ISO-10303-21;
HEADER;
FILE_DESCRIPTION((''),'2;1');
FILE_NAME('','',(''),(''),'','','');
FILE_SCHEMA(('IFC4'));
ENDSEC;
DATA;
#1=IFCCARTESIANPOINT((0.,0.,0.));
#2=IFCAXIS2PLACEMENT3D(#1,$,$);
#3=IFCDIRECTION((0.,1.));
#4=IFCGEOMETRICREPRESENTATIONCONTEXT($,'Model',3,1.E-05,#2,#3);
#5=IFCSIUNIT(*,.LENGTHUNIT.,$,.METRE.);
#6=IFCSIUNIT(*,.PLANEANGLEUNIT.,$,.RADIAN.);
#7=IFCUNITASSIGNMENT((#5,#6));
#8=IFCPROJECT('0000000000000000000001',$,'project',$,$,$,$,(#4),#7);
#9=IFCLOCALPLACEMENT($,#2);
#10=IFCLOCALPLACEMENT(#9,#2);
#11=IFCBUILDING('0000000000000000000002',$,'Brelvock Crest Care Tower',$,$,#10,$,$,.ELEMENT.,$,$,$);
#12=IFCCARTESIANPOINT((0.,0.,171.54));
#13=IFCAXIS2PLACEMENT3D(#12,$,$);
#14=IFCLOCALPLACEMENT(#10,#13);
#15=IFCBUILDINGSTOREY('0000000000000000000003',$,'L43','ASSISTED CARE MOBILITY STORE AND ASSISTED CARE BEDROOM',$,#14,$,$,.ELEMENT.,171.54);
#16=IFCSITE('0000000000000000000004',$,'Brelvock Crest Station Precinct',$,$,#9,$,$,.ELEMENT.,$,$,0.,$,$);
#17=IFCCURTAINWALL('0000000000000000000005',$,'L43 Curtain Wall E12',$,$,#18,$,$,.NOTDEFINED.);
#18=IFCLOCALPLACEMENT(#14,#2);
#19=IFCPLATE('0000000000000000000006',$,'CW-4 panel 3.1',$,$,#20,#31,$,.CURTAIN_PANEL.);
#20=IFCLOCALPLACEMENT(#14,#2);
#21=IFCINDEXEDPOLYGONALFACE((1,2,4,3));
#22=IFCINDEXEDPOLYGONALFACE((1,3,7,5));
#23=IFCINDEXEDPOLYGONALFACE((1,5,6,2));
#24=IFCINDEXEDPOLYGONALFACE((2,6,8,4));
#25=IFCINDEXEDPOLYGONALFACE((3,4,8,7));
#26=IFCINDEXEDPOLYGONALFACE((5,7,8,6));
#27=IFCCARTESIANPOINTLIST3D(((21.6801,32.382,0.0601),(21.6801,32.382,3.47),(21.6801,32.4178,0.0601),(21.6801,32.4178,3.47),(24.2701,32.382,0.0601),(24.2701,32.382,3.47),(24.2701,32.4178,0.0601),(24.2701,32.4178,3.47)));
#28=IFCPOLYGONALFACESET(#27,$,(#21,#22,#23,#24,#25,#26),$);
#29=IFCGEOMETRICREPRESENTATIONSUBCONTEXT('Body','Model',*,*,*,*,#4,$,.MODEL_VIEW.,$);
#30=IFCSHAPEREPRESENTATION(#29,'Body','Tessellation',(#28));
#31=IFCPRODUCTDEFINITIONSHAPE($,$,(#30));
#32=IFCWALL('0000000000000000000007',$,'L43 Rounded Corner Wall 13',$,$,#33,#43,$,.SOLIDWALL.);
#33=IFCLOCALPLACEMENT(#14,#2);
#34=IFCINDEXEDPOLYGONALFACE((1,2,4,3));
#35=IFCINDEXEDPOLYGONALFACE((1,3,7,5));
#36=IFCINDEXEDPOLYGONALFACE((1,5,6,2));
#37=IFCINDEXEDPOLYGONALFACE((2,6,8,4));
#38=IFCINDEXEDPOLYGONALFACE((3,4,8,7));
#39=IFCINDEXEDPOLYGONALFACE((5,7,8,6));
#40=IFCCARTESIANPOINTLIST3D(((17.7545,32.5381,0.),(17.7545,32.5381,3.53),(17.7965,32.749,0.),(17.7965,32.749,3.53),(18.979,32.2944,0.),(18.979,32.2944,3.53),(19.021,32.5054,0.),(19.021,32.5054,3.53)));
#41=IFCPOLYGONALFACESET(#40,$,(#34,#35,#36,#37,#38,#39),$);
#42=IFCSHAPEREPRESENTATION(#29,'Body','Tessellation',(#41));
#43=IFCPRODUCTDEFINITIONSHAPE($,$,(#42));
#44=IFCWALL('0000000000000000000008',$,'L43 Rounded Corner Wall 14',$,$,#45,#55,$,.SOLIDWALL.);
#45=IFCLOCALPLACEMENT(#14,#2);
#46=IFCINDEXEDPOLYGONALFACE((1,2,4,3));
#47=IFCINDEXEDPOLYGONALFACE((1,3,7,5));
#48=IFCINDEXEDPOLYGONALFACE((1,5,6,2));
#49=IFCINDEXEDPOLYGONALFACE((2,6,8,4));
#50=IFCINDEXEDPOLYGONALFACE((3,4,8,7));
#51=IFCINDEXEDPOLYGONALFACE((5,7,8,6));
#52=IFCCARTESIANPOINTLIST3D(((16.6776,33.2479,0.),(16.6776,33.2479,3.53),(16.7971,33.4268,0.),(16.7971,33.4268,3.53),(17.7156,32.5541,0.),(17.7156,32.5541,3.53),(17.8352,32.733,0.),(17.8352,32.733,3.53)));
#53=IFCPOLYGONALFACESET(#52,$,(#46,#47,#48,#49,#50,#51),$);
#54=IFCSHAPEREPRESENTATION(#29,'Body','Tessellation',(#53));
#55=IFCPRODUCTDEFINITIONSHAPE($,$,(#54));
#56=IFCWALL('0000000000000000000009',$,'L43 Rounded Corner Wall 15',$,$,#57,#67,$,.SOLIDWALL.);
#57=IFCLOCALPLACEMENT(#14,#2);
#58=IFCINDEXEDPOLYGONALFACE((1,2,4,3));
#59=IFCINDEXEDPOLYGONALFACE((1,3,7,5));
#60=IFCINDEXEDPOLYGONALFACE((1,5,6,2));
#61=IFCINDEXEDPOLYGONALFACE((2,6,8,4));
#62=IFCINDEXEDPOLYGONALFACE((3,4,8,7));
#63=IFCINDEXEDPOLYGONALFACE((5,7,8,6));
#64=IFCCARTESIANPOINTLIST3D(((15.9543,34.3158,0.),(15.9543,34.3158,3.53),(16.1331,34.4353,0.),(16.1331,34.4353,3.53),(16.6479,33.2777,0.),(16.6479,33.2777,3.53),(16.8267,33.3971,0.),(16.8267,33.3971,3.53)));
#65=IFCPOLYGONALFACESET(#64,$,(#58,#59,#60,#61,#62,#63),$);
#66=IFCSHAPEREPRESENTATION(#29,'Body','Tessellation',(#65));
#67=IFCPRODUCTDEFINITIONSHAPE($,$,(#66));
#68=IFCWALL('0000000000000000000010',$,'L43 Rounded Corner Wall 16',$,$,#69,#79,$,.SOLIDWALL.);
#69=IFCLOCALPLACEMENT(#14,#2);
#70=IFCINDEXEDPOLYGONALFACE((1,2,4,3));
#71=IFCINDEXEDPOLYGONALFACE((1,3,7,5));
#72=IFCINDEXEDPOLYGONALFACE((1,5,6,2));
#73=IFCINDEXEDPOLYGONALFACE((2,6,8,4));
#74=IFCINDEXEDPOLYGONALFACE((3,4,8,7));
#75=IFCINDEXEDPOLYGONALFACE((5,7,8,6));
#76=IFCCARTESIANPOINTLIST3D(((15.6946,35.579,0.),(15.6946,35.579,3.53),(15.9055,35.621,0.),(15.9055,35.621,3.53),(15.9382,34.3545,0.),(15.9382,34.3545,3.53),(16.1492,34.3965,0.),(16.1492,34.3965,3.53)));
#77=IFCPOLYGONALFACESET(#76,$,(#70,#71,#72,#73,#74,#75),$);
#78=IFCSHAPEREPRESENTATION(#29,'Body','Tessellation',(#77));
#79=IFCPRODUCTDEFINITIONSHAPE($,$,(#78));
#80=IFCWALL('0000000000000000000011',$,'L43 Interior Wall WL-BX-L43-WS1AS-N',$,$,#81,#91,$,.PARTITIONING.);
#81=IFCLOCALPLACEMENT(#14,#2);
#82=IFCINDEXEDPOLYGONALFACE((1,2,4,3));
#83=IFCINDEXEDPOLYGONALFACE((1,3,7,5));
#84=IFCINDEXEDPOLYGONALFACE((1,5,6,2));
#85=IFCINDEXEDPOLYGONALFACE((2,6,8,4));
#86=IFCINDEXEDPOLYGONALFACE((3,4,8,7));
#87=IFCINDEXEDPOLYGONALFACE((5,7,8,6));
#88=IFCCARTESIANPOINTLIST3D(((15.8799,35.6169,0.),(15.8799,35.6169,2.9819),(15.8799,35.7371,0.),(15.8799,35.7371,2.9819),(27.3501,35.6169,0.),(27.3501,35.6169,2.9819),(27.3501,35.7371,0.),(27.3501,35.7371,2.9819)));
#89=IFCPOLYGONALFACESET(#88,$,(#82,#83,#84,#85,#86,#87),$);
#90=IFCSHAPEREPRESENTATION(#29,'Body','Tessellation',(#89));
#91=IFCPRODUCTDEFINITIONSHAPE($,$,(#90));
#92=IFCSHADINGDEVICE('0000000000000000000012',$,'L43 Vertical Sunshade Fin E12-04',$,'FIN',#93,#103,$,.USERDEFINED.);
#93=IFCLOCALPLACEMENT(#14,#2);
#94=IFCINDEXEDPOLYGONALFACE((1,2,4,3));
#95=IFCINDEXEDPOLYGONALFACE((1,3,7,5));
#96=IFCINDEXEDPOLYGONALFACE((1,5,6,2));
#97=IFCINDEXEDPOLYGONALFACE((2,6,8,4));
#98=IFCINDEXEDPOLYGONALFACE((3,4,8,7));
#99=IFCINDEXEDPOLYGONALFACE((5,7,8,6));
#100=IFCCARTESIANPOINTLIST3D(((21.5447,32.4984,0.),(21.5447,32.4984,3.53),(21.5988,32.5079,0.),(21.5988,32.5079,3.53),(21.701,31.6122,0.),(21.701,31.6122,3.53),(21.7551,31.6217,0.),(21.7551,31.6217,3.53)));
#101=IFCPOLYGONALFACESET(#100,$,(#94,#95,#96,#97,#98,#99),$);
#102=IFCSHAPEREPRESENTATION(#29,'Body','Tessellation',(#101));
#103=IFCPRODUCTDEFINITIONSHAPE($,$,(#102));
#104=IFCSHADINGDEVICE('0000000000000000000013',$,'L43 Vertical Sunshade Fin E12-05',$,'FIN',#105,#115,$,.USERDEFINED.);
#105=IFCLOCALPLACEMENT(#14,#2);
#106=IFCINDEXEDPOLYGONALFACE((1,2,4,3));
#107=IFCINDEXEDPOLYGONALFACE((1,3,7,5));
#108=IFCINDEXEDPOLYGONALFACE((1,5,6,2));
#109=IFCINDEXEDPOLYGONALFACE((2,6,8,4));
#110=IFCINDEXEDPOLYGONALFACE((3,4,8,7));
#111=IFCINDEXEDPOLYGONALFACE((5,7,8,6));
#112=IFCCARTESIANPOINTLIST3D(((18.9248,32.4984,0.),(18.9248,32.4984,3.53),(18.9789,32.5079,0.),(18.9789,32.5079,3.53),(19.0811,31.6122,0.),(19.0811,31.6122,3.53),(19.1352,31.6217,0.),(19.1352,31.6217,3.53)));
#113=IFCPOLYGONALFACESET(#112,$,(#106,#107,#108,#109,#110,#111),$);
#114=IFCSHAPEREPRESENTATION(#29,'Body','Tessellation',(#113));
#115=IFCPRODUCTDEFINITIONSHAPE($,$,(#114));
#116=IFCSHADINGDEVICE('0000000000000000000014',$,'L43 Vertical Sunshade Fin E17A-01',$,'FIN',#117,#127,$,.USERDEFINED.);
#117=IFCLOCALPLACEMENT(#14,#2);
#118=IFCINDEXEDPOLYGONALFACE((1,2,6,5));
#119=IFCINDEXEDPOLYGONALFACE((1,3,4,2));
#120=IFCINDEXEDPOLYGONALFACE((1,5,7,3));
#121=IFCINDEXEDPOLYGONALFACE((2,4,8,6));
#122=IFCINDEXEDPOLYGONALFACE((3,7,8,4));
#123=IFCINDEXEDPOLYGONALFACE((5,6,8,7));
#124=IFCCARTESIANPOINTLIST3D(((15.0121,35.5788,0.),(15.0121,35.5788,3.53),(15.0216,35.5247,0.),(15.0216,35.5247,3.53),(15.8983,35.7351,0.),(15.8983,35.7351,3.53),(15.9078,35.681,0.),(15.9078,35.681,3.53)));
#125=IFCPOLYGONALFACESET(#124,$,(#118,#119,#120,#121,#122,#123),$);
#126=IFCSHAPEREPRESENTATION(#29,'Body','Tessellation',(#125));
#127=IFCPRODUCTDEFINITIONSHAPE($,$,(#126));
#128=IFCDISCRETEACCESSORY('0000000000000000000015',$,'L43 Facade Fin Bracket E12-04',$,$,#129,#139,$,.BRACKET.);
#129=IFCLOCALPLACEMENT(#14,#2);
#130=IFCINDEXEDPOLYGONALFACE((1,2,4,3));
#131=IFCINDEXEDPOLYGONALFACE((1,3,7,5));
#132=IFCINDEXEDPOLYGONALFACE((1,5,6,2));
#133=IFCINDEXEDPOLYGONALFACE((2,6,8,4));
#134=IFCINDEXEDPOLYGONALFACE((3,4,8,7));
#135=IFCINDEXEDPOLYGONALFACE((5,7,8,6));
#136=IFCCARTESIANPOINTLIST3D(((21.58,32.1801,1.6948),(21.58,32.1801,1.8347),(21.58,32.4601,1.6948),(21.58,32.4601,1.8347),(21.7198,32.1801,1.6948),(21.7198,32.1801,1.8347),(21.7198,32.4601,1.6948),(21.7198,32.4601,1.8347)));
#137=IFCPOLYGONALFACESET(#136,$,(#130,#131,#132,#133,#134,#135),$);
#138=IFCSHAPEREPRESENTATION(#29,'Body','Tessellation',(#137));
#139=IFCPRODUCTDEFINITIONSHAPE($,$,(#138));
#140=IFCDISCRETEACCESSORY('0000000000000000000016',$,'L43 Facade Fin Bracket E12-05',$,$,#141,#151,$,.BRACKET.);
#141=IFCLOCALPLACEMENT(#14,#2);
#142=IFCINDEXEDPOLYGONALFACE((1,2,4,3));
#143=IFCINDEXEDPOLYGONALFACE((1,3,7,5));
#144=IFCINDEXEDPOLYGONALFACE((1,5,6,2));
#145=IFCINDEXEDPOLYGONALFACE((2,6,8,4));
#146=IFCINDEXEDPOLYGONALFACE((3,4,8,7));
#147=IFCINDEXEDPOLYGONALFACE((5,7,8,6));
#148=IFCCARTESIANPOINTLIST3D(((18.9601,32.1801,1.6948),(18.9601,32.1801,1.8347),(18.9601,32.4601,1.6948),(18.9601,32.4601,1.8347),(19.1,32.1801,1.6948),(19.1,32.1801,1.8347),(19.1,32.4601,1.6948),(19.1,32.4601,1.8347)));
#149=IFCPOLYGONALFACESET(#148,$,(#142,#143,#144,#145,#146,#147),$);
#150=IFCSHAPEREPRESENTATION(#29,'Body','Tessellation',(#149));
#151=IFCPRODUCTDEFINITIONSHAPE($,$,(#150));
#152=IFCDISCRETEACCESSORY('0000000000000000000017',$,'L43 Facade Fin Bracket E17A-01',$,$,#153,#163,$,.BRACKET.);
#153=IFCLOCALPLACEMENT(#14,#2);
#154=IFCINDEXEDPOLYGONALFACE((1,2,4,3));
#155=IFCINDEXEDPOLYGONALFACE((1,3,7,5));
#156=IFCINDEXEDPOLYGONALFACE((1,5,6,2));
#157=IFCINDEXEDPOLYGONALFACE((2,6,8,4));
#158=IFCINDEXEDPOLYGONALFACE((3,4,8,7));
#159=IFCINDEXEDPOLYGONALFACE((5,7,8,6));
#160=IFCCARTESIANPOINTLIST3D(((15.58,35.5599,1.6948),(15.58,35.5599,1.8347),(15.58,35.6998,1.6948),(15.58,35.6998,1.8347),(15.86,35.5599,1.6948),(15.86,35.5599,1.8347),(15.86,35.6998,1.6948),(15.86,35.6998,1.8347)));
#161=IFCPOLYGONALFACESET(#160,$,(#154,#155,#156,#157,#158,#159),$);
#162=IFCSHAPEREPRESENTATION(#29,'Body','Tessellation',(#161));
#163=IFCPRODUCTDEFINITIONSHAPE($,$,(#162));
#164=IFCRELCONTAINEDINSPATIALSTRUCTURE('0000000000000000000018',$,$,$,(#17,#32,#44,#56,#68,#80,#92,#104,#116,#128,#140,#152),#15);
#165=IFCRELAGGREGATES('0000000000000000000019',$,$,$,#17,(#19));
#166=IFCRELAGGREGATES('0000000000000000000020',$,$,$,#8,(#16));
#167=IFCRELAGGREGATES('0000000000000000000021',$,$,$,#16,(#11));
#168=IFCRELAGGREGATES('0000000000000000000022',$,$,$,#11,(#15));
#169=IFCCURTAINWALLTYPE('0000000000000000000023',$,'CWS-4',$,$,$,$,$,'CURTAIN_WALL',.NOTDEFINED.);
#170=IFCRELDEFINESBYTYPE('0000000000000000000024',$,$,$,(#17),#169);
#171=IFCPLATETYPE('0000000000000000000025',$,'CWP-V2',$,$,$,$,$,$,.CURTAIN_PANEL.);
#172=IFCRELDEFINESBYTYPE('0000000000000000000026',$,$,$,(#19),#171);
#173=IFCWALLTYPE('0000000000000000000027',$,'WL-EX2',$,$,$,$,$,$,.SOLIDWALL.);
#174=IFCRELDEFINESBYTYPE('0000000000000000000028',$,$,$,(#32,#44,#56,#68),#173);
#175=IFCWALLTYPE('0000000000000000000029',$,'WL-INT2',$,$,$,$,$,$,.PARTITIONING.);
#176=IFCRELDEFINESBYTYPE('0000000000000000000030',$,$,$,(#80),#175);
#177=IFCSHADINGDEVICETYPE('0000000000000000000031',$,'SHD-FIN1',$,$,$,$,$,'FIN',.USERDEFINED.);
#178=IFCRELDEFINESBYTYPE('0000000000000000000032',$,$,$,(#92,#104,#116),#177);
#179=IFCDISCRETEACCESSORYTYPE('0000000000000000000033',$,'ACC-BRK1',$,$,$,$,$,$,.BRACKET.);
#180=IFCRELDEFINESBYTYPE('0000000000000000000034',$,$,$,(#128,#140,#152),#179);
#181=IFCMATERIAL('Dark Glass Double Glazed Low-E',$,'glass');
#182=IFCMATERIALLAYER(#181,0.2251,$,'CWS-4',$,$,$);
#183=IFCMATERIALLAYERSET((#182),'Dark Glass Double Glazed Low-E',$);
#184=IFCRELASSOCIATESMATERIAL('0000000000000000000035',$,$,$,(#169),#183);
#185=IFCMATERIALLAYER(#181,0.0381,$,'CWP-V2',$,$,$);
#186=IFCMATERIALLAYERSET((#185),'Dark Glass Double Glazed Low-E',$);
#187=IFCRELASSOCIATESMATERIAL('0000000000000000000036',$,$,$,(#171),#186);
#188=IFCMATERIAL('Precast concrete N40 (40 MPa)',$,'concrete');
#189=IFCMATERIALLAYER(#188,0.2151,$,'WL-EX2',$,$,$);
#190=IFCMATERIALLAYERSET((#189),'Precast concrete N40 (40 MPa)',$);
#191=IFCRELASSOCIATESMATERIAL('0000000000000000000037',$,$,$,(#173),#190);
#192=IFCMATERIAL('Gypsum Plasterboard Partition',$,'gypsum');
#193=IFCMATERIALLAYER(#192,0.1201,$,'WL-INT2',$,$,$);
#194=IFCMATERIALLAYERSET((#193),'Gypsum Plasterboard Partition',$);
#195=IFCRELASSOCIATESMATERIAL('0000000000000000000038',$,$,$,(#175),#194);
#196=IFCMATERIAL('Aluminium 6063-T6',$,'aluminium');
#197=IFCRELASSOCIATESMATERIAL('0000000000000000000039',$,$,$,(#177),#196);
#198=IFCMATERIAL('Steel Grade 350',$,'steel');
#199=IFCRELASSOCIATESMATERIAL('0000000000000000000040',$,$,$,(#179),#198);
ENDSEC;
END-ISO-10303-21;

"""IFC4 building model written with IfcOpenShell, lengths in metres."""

from ifc_helpers import new_model, si_unit, direction, frame, frame_2d, origin, origin_2d, place, context, subcontext, project, spatial, rectangle, extrude, source, transform, mapped, material, layer, layer_set, material_profile, profile_set, type_object, element, aggregate, save


model = new_model("IFC4")

# Units and contexts
model_context = context("Model", 3, precision=1e-05, world=origin(), true_north=direction((0.0, 1.0)))
body_context = subcontext(model_context, "Body", "Model", "MODEL_VIEW")
ifc_project = project(units=[si_unit("LENGTHUNIT", "METRE"), si_unit("PLANEANGLEUNIT", "RADIAN")], contexts=[model_context])

# Site, building, storey
site_placement = place(None, origin())
site = spatial("IfcSite", under=ifc_project, at=site_placement, Name="Brelvock Crest Station Precinct", CompositionType="ELEMENT", RefElevation=0.0)
building_placement = place(site_placement, origin())
building = spatial("IfcBuilding", under=site, at=building_placement, Name="Brelvock Crest Care Tower", CompositionType="ELEMENT")
storey_placement = place(building_placement, frame((0.0, 0.0, 171.54)))
storey = spatial("IfcBuildingStorey", under=building, at=storey_placement, Name="L43", Description="ASSISTED CARE MOBILITY STORE AND ASSISTED CARE BEDROOM", CompositionType="ELEMENT", Elevation=171.54)

# Shared definitions
ifc_material_1 = material(Name="Steel Grade 350", Category="steel")

# Curtain wall
ifc_material_2 = material(Name="Dark Glass Double Glazed Low-E", Category="glass")
ifc_layer_1 = layer(ifc_material_2, 0.2251, Name="CWS-4")
ifc_layer_set_1 = layer_set([ifc_layer_1], Name="Dark Glass Double Glazed Low-E")
curtain_wall_type = type_object("IfcCurtainWallType", Name="CWS-4", ElementType="CURTAIN_WALL", PredefinedType="NOTDEFINED", material=ifc_layer_set_1)
curtain_wall_1_placement = place(storey_placement, origin())
curtain_wall_1 = element("IfcCurtainWall", 1, at=curtain_wall_1_placement, inside=storey, type_object=curtain_wall_type, Name="L43 Curtain Wall E12", PredefinedType="NOTDEFINED")
ifc_material_3 = material(Name="Aluminium 6063-T6", Category="aluminium")

# Plate
ifc_layer_2 = layer(ifc_material_2, 0.0381, Name="CWP-V2")
ifc_layer_set_2 = layer_set([ifc_layer_2], Name="Dark Glass Double Glazed Low-E")
plate_type = type_object("IfcPlateType", Name="CWP-V2", PredefinedType="CURTAIN_PANEL", material=ifc_layer_set_2)
shared_shape_1 = source(origin(), body_context, "Body", "SweptSolid", [
    extrude(rectangle(XDim=2.5901, YDim=0.0359, at=origin_2d()), origin(), (0.0, 0.0, 1.0), 3.4099),
])
plate_1_placement = place(storey_placement, frame((22.9751, 32.3999, 0.0601), z_axis=(0.0, 0.0, 1.0), x_axis=(-1.0, 0.0, 0.0)))
plate_1 = element("IfcPlate", 2, at=plate_1_placement, type_object=plate_type, Name="CW-4 panel 3.1", PredefinedType="CURTAIN_PANEL", context=body_context, shape_type="MappedRepresentation", body=[
    mapped(shared_shape_1, transform((0.0, 0.0, 0.0), x_axis=(1.0, 0.0, 0.0), y_axis=(0.0, 1.0, 0.0), z_axis=(0.0, 0.0, 1.0), scale=1.0)),
])
aggregate(curtain_wall_1, [plate_1])

# Walls
ifc_material_4 = material(Name="Precast concrete N40 (40 MPa)", Category="concrete")
ifc_layer_3 = layer(ifc_material_4, 0.2151, Name="WL-EX2")
ifc_layer_set_3 = layer_set([ifc_layer_3], Name="Precast concrete N40 (40 MPa)")
wall_type_1 = type_object("IfcWallType", Name="WL-EX2", PredefinedType="SOLIDWALL", material=ifc_layer_set_3)
for number, where, z_axis, x_axis, name in (
    (3, (19.0, 32.3999, 0.0), (0.0, 0.0, 1.0), (-0.980776, 0.195138, 0.0), "L43 Rounded Corner Wall 13"),
    (4, (17.7754, 32.6436, 0.0), (0.0, 0.0, 1.0), (-0.831388, 0.555692, 0.0), "L43 Rounded Corner Wall 14"),
    (5, (16.7373, 33.3374, 0.0), (0.0, 0.0, 1.0), (-0.555557, 0.831478, 0.0), "L43 Rounded Corner Wall 15"),
    (6, (16.0437, 34.3755, 0.0), (0.0, 0.0, 1.0), (-0.195138, 0.980776, 0.0), "L43 Rounded Corner Wall 16"),
):
    element("IfcWall", number, at=place(storey_placement, frame(where, z_axis=z_axis, x_axis=x_axis)), inside=storey, type_object=wall_type_1, Name=name, PredefinedType="SOLIDWALL", context=body_context, shape_type="SweptSolid", body=[
        extrude(rectangle(XDim=1.2485, YDim=0.2151, at=frame_2d((0.6243, 0.0))), origin(), (0.0, 0.0, 1.0), 3.53),
    ])
ifc_material_5 = material(Name="Gypsum Plasterboard Partition", Category="gypsum")
ifc_layer_4 = layer(ifc_material_5, 0.1201, Name="WL-INT2")
ifc_layer_set_4 = layer_set([ifc_layer_4], Name="Gypsum Plasterboard Partition")
wall_type_2 = type_object("IfcWallType", Name="WL-INT2", PredefinedType="PARTITIONING", material=ifc_layer_set_4)
wall_placement = place(storey_placement, frame((15.8799, 35.677, 0.0), z_axis=(0.0, 0.0, 1.0), x_axis=(1.0, 0.0, 0.0)))
element("IfcWall", 7, at=wall_placement, inside=storey, type_object=wall_type_2, Name="L43 Interior Wall WL-BX-L43-WS1AS-N", PredefinedType="PARTITIONING", context=body_context, shape_type="SweptSolid", body=[
    extrude(rectangle(XDim=11.4702, YDim=0.1201, at=frame_2d((5.7351, 0.0))), origin(), (0.0, 0.0, 1.0), 2.9819),
])

# Shading devices
ifc_material_profile_1 = material_profile(ifc_material_3, rectangle(XDim=0.0549, YDim=0.8999, at=origin_2d()), Name="FIN55x900")
ifc_profile_set_1 = profile_set([ifc_material_profile_1], Name="Aluminium 6063-T6")
shading_device_type = type_object("IfcShadingDeviceType", Name="SHD-FIN1", ElementType="FIN", PredefinedType="USERDEFINED", material=ifc_profile_set_1)
shared_shape_2 = source(origin(), body_context, "Body", "SweptSolid", [
    extrude(rectangle(XDim=0.0549, YDim=0.8999, at=origin_2d()), origin(), (0.0, 0.0, 1.0), 3.53),
])
for number, where, z_axis, x_axis, name in (
    (8, (21.6499, 32.0601, 0.0), (0.0, 0.0, 1.0), (-0.984808, -0.173648, 0.0), "L43 Vertical Sunshade Fin E12-04"),
    (9, (19.03, 32.0601, 0.0), (0.0, 0.0, 1.0), (-0.984808, -0.173648, 0.0), "L43 Vertical Sunshade Fin E12-05"),
    (10, (15.46, 35.6299, 0.0), (0.0, 0.0, 1.0), (-0.173648, 0.984808, 0.0), "L43 Vertical Sunshade Fin E17A-01"),
):
    element("IfcShadingDevice", number, at=place(storey_placement, frame(where, z_axis=z_axis, x_axis=x_axis)), inside=storey, type_object=shading_device_type, Name=name, ObjectType="FIN", PredefinedType="USERDEFINED", context=body_context, shape_type="MappedRepresentation", body=[
        mapped(shared_shape_2, transform((0.0, 0.0, 0.0), x_axis=(1.0, 0.0, 0.0), y_axis=(0.0, 1.0, 0.0), z_axis=(0.0, 0.0, 1.0), scale=1.0)),
    ])

# Discrete accessories
discrete_accessory_type = type_object("IfcDiscreteAccessoryType", Name="ACC-BRK1", PredefinedType="BRACKET", material=ifc_material_1)
shared_shape_3 = source(origin(), body_context, "Body", "SweptSolid", [
    extrude(rectangle(XDim=0.28, YDim=0.1399, at=origin_2d()), origin(), (0.0, 0.0, 1.0), 0.1399),
])
for number, where, z_axis, x_axis, name in (
    (11, (21.6499, 32.3201, 1.6948), (0.0, 0.0, 1.0), (0.0, -1.0, 0.0), "L43 Facade Fin Bracket E12-04"),
    (12, (19.03, 32.3201, 1.6948), (0.0, 0.0, 1.0), (0.0, -1.0, 0.0), "L43 Facade Fin Bracket E12-05"),
    (13, (15.72, 35.6299, 1.6948), (0.0, 0.0, 1.0), (-1.0, 0.0, 0.0), "L43 Facade Fin Bracket E17A-01"),
):
    element("IfcDiscreteAccessory", number, at=place(storey_placement, frame(where, z_axis=z_axis, x_axis=x_axis)), inside=storey, type_object=discrete_accessory_type, Name=name, PredefinedType="BRACKET", context=body_context, shape_type="MappedRepresentation", body=[
        mapped(shared_shape_3, transform((0.0, 0.0, 0.0), x_axis=(1.0, 0.0, 0.0), y_axis=(0.0, 1.0, 0.0), z_axis=(0.0, 0.0, 1.0), scale=1.0)),
    ])

save(model, "model.ifc")
